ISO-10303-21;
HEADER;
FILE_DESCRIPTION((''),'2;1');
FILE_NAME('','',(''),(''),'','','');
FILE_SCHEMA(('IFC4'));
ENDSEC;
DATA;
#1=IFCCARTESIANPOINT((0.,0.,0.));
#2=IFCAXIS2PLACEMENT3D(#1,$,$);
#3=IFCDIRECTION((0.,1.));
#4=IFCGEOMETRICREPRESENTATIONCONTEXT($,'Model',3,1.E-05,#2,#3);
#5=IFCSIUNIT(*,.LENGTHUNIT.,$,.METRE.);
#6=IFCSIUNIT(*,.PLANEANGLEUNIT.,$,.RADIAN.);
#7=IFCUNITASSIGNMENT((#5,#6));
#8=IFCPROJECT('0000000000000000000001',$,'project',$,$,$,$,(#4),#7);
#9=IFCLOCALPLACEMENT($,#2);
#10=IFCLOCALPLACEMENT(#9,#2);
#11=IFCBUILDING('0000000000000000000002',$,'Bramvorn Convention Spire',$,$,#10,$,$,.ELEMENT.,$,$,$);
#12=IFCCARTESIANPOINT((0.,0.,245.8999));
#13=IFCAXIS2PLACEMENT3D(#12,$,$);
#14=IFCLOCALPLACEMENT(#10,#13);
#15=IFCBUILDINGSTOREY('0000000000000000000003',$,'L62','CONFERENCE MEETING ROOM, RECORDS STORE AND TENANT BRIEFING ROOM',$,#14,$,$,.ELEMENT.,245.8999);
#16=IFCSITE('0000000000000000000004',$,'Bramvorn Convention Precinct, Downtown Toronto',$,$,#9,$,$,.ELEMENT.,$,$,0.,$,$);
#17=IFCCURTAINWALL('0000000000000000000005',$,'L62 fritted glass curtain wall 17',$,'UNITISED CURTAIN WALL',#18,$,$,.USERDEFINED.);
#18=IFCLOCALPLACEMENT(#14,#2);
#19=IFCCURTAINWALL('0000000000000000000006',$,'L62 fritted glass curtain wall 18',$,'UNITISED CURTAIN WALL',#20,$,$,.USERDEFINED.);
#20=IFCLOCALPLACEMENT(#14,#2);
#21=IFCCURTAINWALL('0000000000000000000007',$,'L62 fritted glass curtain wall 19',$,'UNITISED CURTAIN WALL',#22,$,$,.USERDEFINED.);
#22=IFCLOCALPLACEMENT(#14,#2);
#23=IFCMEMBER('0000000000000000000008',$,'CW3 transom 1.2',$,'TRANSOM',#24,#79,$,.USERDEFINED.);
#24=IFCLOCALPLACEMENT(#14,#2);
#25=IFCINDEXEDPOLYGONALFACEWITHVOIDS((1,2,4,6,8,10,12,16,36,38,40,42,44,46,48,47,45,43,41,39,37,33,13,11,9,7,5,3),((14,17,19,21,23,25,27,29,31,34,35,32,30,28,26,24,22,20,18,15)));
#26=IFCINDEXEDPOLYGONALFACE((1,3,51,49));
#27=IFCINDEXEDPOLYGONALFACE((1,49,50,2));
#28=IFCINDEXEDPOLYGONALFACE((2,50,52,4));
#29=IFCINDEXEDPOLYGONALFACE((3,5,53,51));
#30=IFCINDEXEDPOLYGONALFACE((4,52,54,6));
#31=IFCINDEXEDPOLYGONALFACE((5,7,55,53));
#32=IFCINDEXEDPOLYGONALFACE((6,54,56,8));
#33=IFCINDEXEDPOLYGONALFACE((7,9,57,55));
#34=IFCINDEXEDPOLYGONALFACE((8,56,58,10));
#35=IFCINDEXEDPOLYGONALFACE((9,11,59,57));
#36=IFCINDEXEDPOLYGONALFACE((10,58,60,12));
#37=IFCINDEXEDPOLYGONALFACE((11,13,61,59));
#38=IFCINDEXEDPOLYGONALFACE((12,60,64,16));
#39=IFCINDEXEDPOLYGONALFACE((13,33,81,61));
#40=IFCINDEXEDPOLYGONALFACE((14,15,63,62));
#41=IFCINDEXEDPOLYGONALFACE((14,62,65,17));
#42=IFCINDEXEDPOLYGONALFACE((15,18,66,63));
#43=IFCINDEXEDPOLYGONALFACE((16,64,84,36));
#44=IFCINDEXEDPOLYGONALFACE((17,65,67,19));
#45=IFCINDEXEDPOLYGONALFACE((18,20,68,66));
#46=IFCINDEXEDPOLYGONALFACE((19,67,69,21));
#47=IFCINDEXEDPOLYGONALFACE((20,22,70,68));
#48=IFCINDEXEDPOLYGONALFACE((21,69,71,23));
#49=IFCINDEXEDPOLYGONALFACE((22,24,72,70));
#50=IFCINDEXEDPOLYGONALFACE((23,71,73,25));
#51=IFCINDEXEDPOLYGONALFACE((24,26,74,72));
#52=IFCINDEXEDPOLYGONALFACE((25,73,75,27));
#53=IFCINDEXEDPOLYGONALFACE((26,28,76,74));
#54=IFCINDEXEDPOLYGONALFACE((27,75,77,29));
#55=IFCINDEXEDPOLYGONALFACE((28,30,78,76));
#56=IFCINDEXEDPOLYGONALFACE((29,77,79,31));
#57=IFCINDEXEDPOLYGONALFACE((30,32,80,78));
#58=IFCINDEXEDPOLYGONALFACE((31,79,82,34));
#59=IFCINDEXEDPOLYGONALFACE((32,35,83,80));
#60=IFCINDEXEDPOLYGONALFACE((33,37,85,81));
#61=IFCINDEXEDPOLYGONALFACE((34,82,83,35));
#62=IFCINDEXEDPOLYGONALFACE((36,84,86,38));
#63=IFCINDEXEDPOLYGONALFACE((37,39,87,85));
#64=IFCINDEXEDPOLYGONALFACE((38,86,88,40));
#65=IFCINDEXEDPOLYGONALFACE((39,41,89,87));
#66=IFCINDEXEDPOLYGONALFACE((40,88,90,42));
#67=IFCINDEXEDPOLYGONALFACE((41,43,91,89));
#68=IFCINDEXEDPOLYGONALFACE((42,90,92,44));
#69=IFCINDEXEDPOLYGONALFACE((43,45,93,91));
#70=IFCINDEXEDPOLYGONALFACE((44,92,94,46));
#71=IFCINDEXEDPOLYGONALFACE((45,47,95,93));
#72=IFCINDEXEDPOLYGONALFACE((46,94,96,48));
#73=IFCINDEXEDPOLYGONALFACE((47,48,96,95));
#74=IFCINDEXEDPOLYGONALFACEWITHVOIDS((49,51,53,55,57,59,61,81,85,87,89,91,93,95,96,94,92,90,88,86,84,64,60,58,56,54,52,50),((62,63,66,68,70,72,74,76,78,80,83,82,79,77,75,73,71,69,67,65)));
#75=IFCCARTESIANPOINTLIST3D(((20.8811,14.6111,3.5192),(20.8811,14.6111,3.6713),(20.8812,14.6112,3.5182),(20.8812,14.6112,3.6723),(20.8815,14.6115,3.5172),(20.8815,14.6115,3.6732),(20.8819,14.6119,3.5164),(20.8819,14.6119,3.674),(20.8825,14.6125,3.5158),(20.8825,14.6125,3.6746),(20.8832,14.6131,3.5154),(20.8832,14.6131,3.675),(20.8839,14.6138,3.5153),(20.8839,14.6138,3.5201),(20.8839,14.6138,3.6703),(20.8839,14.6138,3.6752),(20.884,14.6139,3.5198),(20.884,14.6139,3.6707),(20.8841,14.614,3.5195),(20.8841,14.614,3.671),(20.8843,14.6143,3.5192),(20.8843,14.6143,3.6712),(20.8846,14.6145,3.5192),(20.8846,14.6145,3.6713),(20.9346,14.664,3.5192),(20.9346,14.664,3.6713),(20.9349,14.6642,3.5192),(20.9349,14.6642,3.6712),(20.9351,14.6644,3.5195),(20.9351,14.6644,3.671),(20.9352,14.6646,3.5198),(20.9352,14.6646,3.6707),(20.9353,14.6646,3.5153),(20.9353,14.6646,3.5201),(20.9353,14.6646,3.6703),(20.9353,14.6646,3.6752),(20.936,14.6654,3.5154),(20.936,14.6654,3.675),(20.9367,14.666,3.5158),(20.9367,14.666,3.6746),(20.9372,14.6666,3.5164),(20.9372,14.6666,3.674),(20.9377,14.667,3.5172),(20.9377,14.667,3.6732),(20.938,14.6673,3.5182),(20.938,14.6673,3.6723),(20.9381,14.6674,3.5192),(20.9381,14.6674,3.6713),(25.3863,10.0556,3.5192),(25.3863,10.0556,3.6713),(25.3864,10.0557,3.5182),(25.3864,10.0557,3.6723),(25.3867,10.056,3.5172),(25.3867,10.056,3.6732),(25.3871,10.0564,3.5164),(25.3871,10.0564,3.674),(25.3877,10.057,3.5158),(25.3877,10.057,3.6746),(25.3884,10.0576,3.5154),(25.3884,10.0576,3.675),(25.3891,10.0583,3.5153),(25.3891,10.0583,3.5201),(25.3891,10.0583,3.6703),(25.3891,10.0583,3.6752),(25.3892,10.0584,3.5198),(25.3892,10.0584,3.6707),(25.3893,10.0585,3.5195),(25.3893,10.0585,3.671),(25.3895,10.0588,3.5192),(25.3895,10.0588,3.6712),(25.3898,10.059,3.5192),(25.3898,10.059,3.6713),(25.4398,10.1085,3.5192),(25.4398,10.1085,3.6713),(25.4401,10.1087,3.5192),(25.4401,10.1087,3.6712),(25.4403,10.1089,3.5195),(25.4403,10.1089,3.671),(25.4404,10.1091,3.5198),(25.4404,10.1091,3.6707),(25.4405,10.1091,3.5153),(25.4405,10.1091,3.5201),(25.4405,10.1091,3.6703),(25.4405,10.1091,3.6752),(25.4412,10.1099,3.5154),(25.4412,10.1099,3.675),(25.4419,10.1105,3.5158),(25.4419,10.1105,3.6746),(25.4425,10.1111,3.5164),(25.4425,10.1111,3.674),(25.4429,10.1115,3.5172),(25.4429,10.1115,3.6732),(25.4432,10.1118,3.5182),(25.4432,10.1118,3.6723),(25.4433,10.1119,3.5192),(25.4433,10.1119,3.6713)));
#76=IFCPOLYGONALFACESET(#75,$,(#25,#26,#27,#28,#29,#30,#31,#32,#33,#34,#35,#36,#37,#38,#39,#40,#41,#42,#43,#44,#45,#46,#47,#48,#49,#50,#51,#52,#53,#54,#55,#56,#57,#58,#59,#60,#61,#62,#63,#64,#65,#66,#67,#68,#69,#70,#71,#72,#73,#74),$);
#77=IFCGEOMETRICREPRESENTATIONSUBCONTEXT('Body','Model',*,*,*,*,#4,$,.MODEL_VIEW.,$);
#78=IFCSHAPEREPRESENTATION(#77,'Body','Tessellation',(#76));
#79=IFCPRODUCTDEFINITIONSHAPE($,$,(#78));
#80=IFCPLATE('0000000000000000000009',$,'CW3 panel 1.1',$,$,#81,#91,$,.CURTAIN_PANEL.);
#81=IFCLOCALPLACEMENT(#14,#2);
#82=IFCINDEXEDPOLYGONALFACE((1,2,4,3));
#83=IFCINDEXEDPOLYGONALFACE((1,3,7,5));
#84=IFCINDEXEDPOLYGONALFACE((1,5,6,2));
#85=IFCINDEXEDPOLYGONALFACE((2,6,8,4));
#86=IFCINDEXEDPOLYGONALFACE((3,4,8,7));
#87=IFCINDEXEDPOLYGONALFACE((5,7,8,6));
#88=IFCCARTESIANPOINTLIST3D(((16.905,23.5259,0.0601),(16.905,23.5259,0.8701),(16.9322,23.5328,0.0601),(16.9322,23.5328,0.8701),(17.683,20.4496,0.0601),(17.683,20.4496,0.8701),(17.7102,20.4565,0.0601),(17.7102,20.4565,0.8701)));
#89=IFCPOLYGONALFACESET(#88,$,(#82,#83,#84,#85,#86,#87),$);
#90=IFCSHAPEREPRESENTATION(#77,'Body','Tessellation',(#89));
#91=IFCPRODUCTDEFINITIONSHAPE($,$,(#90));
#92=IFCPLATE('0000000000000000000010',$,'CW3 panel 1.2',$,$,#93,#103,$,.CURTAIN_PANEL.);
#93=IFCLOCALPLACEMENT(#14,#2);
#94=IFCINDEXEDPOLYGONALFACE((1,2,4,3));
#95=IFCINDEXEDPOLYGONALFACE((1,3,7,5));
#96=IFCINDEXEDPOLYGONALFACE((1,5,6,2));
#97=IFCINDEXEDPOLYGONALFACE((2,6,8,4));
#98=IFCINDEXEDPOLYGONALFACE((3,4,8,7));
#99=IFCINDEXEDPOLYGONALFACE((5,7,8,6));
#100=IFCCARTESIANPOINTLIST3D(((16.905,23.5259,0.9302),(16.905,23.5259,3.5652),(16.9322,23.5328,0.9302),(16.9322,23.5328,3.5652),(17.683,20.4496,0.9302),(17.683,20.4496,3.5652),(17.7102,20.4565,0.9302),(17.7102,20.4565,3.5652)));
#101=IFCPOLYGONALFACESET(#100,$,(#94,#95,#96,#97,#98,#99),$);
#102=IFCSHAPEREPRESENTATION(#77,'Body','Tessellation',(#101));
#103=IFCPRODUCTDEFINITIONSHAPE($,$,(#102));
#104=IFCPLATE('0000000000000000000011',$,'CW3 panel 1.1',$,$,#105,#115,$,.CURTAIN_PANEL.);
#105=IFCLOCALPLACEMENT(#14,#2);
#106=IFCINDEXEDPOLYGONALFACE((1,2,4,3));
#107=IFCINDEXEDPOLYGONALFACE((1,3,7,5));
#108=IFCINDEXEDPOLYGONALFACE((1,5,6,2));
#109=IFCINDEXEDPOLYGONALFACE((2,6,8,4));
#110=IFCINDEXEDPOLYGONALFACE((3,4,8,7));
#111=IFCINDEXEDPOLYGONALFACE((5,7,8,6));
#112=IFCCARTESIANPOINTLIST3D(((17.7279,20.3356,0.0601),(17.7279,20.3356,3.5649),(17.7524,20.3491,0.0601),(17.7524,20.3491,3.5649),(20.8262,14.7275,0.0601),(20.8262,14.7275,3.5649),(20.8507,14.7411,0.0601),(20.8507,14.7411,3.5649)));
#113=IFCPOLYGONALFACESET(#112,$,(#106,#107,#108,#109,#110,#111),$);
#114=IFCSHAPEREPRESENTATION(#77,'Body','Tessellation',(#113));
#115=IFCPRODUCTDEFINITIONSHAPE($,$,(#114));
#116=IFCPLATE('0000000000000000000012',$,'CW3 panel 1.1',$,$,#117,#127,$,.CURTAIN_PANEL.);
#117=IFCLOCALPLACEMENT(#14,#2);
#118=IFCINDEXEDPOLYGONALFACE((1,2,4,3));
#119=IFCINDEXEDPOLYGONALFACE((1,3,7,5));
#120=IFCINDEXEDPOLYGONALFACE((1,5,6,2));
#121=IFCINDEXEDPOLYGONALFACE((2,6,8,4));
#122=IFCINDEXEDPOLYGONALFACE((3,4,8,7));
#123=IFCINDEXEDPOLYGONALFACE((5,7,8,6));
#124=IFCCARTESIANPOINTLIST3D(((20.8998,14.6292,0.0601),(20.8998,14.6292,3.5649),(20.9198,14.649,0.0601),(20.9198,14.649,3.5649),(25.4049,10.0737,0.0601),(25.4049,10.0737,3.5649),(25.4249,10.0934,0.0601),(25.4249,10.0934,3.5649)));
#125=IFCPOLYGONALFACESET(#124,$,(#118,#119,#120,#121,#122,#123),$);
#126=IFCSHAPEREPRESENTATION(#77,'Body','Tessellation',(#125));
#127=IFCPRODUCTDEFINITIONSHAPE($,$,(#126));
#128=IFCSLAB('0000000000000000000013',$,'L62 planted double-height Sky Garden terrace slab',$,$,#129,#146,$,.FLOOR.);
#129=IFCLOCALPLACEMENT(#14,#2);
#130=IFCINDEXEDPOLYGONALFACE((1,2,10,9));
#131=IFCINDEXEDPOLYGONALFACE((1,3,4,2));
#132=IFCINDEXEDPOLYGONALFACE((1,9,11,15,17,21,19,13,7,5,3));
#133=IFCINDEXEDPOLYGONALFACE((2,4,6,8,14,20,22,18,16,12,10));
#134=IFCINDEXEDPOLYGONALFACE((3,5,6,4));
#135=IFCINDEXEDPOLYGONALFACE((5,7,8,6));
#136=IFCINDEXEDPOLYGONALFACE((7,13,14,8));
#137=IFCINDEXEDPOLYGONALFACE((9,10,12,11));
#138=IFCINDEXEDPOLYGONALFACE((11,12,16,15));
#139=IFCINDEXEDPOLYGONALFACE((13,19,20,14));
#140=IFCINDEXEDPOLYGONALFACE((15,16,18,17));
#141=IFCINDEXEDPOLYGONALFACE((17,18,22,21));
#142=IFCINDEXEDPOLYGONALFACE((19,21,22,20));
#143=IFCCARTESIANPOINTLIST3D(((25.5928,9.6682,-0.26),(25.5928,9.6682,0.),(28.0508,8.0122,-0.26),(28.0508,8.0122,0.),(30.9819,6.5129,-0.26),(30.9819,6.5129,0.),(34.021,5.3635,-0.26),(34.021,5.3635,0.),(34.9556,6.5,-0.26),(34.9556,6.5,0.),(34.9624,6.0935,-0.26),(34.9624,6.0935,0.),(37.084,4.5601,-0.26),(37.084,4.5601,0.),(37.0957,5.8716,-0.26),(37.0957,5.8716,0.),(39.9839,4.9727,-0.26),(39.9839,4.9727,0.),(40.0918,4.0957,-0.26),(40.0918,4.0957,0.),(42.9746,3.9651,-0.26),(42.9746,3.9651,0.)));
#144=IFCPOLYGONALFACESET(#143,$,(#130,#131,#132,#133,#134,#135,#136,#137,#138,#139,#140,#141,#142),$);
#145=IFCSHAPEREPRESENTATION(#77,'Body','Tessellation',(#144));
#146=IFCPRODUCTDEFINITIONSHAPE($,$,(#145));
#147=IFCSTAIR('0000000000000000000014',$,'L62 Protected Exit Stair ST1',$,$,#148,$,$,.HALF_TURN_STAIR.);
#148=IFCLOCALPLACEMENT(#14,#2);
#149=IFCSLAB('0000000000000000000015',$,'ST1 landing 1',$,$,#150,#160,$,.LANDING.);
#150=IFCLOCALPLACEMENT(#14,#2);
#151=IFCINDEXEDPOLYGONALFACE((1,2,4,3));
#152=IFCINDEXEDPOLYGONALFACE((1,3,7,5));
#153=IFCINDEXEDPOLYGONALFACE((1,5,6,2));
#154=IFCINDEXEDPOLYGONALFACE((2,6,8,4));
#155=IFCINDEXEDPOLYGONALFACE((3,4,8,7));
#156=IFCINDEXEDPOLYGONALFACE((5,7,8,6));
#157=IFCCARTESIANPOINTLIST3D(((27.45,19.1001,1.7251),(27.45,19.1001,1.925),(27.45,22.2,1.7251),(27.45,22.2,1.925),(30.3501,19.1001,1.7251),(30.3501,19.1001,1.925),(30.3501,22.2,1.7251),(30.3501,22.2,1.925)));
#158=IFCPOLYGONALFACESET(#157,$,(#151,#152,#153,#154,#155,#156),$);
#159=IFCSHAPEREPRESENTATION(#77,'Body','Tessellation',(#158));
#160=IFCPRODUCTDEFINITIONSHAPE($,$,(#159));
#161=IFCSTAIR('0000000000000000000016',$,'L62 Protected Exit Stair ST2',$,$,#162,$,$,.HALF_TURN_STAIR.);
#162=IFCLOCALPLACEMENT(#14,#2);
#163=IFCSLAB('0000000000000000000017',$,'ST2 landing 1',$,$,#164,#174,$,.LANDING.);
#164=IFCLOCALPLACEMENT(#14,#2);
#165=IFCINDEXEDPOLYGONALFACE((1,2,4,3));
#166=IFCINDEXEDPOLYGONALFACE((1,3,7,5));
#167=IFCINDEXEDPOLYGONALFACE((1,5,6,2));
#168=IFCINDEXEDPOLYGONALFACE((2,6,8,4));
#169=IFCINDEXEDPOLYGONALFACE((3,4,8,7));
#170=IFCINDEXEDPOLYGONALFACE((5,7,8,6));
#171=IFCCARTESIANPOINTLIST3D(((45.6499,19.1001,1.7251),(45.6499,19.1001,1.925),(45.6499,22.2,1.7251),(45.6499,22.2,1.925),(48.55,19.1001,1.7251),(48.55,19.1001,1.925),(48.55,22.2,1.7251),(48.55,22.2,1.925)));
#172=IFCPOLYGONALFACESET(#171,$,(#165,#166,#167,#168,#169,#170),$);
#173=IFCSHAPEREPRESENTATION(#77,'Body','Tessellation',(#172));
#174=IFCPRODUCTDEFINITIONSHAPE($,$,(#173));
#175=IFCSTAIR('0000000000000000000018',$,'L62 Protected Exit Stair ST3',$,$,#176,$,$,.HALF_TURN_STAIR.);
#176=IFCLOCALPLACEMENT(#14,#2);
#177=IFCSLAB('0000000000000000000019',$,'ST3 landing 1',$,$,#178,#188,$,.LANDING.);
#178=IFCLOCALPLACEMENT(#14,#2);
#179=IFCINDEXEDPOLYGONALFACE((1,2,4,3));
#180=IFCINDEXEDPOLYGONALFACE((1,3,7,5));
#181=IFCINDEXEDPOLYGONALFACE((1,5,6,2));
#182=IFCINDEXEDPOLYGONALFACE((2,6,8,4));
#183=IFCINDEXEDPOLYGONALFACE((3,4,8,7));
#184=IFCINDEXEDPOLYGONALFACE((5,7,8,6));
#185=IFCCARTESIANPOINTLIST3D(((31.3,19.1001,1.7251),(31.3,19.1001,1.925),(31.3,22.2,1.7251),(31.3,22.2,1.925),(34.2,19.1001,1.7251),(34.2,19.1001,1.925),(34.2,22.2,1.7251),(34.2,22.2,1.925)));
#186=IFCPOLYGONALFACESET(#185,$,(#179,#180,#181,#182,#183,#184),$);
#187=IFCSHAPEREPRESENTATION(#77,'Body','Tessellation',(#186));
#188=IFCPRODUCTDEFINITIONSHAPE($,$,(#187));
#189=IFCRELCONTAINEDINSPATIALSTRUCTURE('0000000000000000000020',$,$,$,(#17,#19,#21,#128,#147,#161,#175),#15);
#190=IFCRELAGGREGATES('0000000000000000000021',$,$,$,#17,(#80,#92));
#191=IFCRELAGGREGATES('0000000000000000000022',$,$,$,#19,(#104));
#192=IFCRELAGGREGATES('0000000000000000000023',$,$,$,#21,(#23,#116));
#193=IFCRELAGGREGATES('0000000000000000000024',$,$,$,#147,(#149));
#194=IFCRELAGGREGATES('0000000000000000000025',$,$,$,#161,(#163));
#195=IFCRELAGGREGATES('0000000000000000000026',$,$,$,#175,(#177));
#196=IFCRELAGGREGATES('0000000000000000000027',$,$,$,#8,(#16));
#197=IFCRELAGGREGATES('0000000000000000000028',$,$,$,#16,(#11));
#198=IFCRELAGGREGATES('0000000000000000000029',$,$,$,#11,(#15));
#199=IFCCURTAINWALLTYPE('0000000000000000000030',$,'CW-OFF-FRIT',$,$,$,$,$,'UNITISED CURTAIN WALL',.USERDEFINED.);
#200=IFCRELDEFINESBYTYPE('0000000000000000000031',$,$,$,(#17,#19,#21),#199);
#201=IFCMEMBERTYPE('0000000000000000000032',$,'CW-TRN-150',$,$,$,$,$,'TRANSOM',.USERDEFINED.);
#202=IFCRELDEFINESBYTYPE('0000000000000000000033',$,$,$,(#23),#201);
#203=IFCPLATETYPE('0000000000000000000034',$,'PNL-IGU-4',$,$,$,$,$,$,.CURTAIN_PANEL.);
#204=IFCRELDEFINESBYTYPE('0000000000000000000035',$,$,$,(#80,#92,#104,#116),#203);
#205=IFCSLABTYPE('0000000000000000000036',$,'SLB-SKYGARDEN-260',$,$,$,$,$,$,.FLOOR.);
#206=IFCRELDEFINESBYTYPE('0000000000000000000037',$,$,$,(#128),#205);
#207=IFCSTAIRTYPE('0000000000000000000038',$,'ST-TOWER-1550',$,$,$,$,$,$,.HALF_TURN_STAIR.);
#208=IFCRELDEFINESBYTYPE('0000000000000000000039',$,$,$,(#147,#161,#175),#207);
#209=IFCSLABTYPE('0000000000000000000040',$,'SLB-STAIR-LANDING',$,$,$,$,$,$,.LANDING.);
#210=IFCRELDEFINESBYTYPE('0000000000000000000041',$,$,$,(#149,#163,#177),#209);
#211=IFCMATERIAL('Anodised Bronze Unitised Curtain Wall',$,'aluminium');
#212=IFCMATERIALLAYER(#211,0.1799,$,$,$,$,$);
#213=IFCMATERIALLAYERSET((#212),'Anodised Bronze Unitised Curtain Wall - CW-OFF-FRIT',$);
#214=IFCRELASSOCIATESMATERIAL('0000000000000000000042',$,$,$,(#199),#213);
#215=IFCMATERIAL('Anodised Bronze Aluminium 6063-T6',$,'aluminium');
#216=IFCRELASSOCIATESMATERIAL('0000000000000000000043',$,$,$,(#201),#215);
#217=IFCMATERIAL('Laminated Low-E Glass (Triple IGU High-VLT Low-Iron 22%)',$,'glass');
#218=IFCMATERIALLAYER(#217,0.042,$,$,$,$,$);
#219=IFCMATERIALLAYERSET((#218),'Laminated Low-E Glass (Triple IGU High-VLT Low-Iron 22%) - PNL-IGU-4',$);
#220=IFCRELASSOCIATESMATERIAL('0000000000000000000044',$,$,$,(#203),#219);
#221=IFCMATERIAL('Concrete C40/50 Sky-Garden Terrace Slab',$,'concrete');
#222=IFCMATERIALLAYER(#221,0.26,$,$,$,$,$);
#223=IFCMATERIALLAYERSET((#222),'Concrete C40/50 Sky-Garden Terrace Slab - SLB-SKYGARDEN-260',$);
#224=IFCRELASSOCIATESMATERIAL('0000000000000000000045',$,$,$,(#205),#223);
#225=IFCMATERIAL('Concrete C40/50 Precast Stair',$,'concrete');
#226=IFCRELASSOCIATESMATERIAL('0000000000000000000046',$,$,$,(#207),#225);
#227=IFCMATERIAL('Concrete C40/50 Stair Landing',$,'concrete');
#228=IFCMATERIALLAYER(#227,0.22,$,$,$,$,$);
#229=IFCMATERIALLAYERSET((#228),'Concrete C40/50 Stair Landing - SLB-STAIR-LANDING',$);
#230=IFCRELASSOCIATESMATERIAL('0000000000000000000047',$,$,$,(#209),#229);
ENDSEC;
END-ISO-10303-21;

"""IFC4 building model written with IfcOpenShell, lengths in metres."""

from ifc_helpers import new_model, si_unit, direction, frame, origin, origin_2d, place, context, subcontext, project, spatial, polyline, rectangle, hollow_rectangle, outline, extrude, material, layer, layer_set, material_profile, profile_set, type_object, element, aggregate, save


model = new_model("IFC4")

# Units and contexts
model_context = context("Model", 3, precision=1e-05, world=origin(), true_north=direction((0.0, 1.0)))
body_context = subcontext(model_context, "Body", "Model", "MODEL_VIEW")
ifc_project = project(units=[si_unit("LENGTHUNIT", "METRE"), si_unit("PLANEANGLEUNIT", "RADIAN")], contexts=[model_context])

# Site, building, storey
site_placement = place(None, origin())
site = spatial("IfcSite", under=ifc_project, at=site_placement, Name="Bramvorn Convention Precinct, Downtown Toronto", CompositionType="ELEMENT", RefElevation=0.0)
building_placement = place(site_placement, origin())
building = spatial("IfcBuilding", under=site, at=building_placement, Name="Bramvorn Convention Spire", CompositionType="ELEMENT")
storey_placement = place(building_placement, frame((0.0, 0.0, 245.8999)))
storey = spatial("IfcBuildingStorey", under=building, at=storey_placement, Name="L62", Description="CONFERENCE MEETING ROOM, RECORDS STORE AND TENANT BRIEFING ROOM", CompositionType="ELEMENT", Elevation=245.8999)

# Curtain walls
ifc_material_1 = material(Name="Anodised Bronze Unitised Curtain Wall", Category="aluminium")
ifc_layer_1 = layer(ifc_material_1, 0.1799)
ifc_layer_set_1 = layer_set([ifc_layer_1], Name="Anodised Bronze Unitised Curtain Wall - CW-OFF-FRIT")
curtain_wall_type = type_object("IfcCurtainWallType", Name="CW-OFF-FRIT", ElementType="UNITISED CURTAIN WALL", PredefinedType="USERDEFINED", material=ifc_layer_set_1)
curtain_wall_1_placement = place(storey_placement, origin())
curtain_wall_1 = element("IfcCurtainWall", 1, at=curtain_wall_1_placement, inside=storey, type_object=curtain_wall_type, Name="L62 fritted glass curtain wall 17", ObjectType="UNITISED CURTAIN WALL", PredefinedType="USERDEFINED")
ifc_material_2 = material(Name="Anodised Bronze Aluminium 6063-T6", Category="aluminium")
curtain_wall_2_placement = place(storey_placement, origin())
curtain_wall_2 = element("IfcCurtainWall", 2, at=curtain_wall_2_placement, inside=storey, type_object=curtain_wall_type, Name="L62 fritted glass curtain wall 18", ObjectType="UNITISED CURTAIN WALL", PredefinedType="USERDEFINED")
curtain_wall_3_placement = place(storey_placement, origin())
curtain_wall_3 = element("IfcCurtainWall", 3, at=curtain_wall_3_placement, inside=storey, type_object=curtain_wall_type, Name="L62 fritted glass curtain wall 19", ObjectType="UNITISED CURTAIN WALL", PredefinedType="USERDEFINED")

# Member
ifc_material_profile_1 = material_profile(ifc_material_2, hollow_rectangle(XDim=0.0801, YDim=0.1599, WallThickness=0.0039, InnerFilletRadius=0.001, OuterFilletRadius=0.0039, at=origin_2d()))
ifc_profile_set_1 = profile_set([ifc_material_profile_1], Name="Anodised Bronze Aluminium 6063-T6 - CWT80X160")
member_type_1 = type_object("IfcMemberType", Name="CW-TRN-150", ElementType="TRANSOM", PredefinedType="USERDEFINED", material=ifc_profile_set_1)
member_1_placement = place(storey_placement, frame((25.4148, 10.0837, 3.5952), z_axis=(-0.703171, 0.711021, 0.0), x_axis=(-0.711021, -0.703171, 0.0)))
member_1 = element("IfcMember", 4, at=member_1_placement, type_object=member_type_1, Name="CW3 transom 1.2", ObjectType="TRANSOM", PredefinedType="USERDEFINED", context=body_context, shape_type="SweptSolid", body=[
    extrude(hollow_rectangle(XDim=0.0801, YDim=0.1599, WallThickness=0.0039, InnerFilletRadius=0.001, OuterFilletRadius=0.0039, at=origin_2d()), origin(), (0.0, 0.0, 1.0), 6.407),
])

# Plates
ifc_material_3 = material(Name="Laminated Low-E Glass (Triple IGU High-VLT Low-Iron 22%)", Category="glass")
ifc_layer_2 = layer(ifc_material_3, 0.042)
ifc_layer_set_2 = layer_set([ifc_layer_2], Name="Laminated Low-E Glass (Triple IGU High-VLT Low-Iron 22%) - PNL-IGU-4")
plate_type = type_object("IfcPlateType", Name="PNL-IGU-4", PredefinedType="CURTAIN_PANEL", material=ifc_layer_set_2)
plate_1_placement = place(storey_placement, frame((17.3076, 21.9912, 0.0601), z_axis=(0.0, 0.0, 1.0), x_axis=(-0.245181, 0.969477, 0.0)))
plate_1 = element("IfcPlate", 5, at=plate_1_placement, type_object=plate_type, Name="CW3 panel 1.1", PredefinedType="CURTAIN_PANEL", context=body_context, shape_type="SweptSolid", body=[
    extrude(rectangle(XDim=3.1731, YDim=0.0281, at=origin_2d()), origin(), (0.0, 0.0, 1.0), 0.8101),
])
plate_2_placement = place(storey_placement, frame((17.3076, 21.9912, 0.9302), z_axis=(0.0, 0.0, 1.0), x_axis=(-0.245181, 0.969477, 0.0)))
plate_2 = element("IfcPlate", 6, at=plate_2_placement, type_object=plate_type, Name="CW3 panel 1.2", PredefinedType="CURTAIN_PANEL", context=body_context, shape_type="SweptSolid", body=[
    extrude(rectangle(XDim=3.1731, YDim=0.0281, at=origin_2d()), origin(), (0.0, 0.0, 1.0), 2.635),
])
aggregate(curtain_wall_1, [plate_1, plate_2])
plate_3_placement = place(storey_placement, frame((19.2893, 17.5383, 0.0601), z_axis=(0.0, 0.0, 1.0), x_axis=(-0.483582, 0.875299, 0.0)))
plate_3 = element("IfcPlate", 7, at=plate_3_placement, type_object=plate_type, Name="CW3 panel 1.1", PredefinedType="CURTAIN_PANEL", context=body_context, shape_type="SweptSolid", body=[
    extrude(rectangle(XDim=6.407, YDim=0.0281, at=origin_2d()), origin(), (0.0, 0.0, 1.0), 3.5049),
])
aggregate(curtain_wall_2, [plate_3])
plate_4_placement = place(storey_placement, frame((23.1624, 12.3613, 0.0601), z_axis=(0.0, 0.0, 1.0), x_axis=(-0.703158, 0.711033, 0.0)))
plate_4 = element("IfcPlate", 8, at=plate_4_placement, type_object=plate_type, Name="CW3 panel 1.1", PredefinedType="CURTAIN_PANEL", context=body_context, shape_type="SweptSolid", body=[
    extrude(rectangle(XDim=6.407, YDim=0.0281, at=origin_2d()), origin(), (0.0, 0.0, 1.0), 3.5049),
])
aggregate(curtain_wall_3, [member_1, plate_4])

# Slab
ifc_material_4 = material(Name="Concrete C40/50 Sky-Garden Terrace Slab", Category="concrete")
ifc_layer_3 = layer(ifc_material_4, 0.26)
ifc_layer_set_3 = layer_set([ifc_layer_3], Name="Concrete C40/50 Sky-Garden Terrace Slab - SLB-SKYGARDEN-260")
slab_type_1 = type_object("IfcSlabType", Name="SLB-SKYGARDEN-260", PredefinedType="FLOOR", material=ifc_layer_set_3)
slab_1_placement = place(storey_placement, frame((0.0, 0.0, -0.26)))
element("IfcSlab", 9, at=slab_1_placement, inside=storey, type_object=slab_type_1, Name="L62 planted double-height Sky Garden terrace slab", PredefinedType="FLOOR", context=body_context, shape_type="SweptSolid", body=[
    extrude(outline(polyline([(37.084, 4.5601), (40.0918, 4.0957), (42.9746, 3.9651), (39.9839, 4.9727), (37.0957, 5.8716), (34.9624, 6.0935), (34.9556, 6.5), (25.5928, 9.6682), (28.0508, 8.0122), (30.9819, 6.5129), (34.021, 5.3635), (37.084, 4.5601)])), origin(), (0.0, 0.0, 1.0), 0.26),
])

# Stairs, slabs
ifc_material_5 = material(Name="Concrete C40/50 Precast Stair", Category="concrete")
stair_type = type_object("IfcStairType", Name="ST-TOWER-1550", PredefinedType="HALF_TURN_STAIR", material=ifc_material_5)
stair_1_placement = place(storey_placement, origin())
stair_1 = element("IfcStair", 10, at=stair_1_placement, inside=storey, type_object=stair_type, Name="L62 Protected Exit Stair ST1", PredefinedType="HALF_TURN_STAIR")
ifc_material_6 = material(Name="Concrete C40/50 Stair Landing", Category="concrete")
ifc_layer_4 = layer(ifc_material_6, 0.22)
ifc_layer_set_4 = layer_set([ifc_layer_4], Name="Concrete C40/50 Stair Landing - SLB-STAIR-LANDING")
slab_type_2 = type_object("IfcSlabType", Name="SLB-STAIR-LANDING", PredefinedType="LANDING", material=ifc_layer_set_4)
slab_2_placement = place(storey_placement, frame((0.0, 0.0, 1.7251)))
slab_2 = element("IfcSlab", 11, at=slab_2_placement, type_object=slab_type_2, Name="ST1 landing 1", PredefinedType="LANDING", context=body_context, shape_type="SweptSolid", body=[
    extrude(outline(polyline([(27.45, 22.2), (27.45, 19.1001), (30.3501, 19.1001), (30.3501, 22.2), (27.45, 22.2)])), origin(), (0.0, 0.0, 1.0), 0.2),
])
aggregate(stair_1, [slab_2])
stair_2_placement = place(storey_placement, origin())
stair_2 = element("IfcStair", 12, at=stair_2_placement, inside=storey, type_object=stair_type, Name="L62 Protected Exit Stair ST2", PredefinedType="HALF_TURN_STAIR")
slab_3_placement = place(storey_placement, frame((0.0, 0.0, 1.7251)))
slab_3 = element("IfcSlab", 13, at=slab_3_placement, type_object=slab_type_2, Name="ST2 landing 1", PredefinedType="LANDING", context=body_context, shape_type="SweptSolid", body=[
    extrude(outline(polyline([(45.6499, 22.2), (45.6499, 19.1001), (48.55, 19.1001), (48.55, 22.2), (45.6499, 22.2)])), origin(), (0.0, 0.0, 1.0), 0.2),
])
aggregate(stair_2, [slab_3])
stair_3_placement = place(storey_placement, origin())
stair_3 = element("IfcStair", 14, at=stair_3_placement, inside=storey, type_object=stair_type, Name="L62 Protected Exit Stair ST3", PredefinedType="HALF_TURN_STAIR")
slab_4_placement = place(storey_placement, frame((0.0, 0.0, 1.7251)))
slab_4 = element("IfcSlab", 15, at=slab_4_placement, type_object=slab_type_2, Name="ST3 landing 1", PredefinedType="LANDING", context=body_context, shape_type="SweptSolid", body=[
    extrude(outline(polyline([(31.3, 22.2), (31.3, 19.1001), (34.2, 19.1001), (34.2, 22.2), (31.3, 22.2)])), origin(), (0.0, 0.0, 1.0), 0.2),
])
aggregate(stair_3, [slab_4])

save(model, "model.ifc")
